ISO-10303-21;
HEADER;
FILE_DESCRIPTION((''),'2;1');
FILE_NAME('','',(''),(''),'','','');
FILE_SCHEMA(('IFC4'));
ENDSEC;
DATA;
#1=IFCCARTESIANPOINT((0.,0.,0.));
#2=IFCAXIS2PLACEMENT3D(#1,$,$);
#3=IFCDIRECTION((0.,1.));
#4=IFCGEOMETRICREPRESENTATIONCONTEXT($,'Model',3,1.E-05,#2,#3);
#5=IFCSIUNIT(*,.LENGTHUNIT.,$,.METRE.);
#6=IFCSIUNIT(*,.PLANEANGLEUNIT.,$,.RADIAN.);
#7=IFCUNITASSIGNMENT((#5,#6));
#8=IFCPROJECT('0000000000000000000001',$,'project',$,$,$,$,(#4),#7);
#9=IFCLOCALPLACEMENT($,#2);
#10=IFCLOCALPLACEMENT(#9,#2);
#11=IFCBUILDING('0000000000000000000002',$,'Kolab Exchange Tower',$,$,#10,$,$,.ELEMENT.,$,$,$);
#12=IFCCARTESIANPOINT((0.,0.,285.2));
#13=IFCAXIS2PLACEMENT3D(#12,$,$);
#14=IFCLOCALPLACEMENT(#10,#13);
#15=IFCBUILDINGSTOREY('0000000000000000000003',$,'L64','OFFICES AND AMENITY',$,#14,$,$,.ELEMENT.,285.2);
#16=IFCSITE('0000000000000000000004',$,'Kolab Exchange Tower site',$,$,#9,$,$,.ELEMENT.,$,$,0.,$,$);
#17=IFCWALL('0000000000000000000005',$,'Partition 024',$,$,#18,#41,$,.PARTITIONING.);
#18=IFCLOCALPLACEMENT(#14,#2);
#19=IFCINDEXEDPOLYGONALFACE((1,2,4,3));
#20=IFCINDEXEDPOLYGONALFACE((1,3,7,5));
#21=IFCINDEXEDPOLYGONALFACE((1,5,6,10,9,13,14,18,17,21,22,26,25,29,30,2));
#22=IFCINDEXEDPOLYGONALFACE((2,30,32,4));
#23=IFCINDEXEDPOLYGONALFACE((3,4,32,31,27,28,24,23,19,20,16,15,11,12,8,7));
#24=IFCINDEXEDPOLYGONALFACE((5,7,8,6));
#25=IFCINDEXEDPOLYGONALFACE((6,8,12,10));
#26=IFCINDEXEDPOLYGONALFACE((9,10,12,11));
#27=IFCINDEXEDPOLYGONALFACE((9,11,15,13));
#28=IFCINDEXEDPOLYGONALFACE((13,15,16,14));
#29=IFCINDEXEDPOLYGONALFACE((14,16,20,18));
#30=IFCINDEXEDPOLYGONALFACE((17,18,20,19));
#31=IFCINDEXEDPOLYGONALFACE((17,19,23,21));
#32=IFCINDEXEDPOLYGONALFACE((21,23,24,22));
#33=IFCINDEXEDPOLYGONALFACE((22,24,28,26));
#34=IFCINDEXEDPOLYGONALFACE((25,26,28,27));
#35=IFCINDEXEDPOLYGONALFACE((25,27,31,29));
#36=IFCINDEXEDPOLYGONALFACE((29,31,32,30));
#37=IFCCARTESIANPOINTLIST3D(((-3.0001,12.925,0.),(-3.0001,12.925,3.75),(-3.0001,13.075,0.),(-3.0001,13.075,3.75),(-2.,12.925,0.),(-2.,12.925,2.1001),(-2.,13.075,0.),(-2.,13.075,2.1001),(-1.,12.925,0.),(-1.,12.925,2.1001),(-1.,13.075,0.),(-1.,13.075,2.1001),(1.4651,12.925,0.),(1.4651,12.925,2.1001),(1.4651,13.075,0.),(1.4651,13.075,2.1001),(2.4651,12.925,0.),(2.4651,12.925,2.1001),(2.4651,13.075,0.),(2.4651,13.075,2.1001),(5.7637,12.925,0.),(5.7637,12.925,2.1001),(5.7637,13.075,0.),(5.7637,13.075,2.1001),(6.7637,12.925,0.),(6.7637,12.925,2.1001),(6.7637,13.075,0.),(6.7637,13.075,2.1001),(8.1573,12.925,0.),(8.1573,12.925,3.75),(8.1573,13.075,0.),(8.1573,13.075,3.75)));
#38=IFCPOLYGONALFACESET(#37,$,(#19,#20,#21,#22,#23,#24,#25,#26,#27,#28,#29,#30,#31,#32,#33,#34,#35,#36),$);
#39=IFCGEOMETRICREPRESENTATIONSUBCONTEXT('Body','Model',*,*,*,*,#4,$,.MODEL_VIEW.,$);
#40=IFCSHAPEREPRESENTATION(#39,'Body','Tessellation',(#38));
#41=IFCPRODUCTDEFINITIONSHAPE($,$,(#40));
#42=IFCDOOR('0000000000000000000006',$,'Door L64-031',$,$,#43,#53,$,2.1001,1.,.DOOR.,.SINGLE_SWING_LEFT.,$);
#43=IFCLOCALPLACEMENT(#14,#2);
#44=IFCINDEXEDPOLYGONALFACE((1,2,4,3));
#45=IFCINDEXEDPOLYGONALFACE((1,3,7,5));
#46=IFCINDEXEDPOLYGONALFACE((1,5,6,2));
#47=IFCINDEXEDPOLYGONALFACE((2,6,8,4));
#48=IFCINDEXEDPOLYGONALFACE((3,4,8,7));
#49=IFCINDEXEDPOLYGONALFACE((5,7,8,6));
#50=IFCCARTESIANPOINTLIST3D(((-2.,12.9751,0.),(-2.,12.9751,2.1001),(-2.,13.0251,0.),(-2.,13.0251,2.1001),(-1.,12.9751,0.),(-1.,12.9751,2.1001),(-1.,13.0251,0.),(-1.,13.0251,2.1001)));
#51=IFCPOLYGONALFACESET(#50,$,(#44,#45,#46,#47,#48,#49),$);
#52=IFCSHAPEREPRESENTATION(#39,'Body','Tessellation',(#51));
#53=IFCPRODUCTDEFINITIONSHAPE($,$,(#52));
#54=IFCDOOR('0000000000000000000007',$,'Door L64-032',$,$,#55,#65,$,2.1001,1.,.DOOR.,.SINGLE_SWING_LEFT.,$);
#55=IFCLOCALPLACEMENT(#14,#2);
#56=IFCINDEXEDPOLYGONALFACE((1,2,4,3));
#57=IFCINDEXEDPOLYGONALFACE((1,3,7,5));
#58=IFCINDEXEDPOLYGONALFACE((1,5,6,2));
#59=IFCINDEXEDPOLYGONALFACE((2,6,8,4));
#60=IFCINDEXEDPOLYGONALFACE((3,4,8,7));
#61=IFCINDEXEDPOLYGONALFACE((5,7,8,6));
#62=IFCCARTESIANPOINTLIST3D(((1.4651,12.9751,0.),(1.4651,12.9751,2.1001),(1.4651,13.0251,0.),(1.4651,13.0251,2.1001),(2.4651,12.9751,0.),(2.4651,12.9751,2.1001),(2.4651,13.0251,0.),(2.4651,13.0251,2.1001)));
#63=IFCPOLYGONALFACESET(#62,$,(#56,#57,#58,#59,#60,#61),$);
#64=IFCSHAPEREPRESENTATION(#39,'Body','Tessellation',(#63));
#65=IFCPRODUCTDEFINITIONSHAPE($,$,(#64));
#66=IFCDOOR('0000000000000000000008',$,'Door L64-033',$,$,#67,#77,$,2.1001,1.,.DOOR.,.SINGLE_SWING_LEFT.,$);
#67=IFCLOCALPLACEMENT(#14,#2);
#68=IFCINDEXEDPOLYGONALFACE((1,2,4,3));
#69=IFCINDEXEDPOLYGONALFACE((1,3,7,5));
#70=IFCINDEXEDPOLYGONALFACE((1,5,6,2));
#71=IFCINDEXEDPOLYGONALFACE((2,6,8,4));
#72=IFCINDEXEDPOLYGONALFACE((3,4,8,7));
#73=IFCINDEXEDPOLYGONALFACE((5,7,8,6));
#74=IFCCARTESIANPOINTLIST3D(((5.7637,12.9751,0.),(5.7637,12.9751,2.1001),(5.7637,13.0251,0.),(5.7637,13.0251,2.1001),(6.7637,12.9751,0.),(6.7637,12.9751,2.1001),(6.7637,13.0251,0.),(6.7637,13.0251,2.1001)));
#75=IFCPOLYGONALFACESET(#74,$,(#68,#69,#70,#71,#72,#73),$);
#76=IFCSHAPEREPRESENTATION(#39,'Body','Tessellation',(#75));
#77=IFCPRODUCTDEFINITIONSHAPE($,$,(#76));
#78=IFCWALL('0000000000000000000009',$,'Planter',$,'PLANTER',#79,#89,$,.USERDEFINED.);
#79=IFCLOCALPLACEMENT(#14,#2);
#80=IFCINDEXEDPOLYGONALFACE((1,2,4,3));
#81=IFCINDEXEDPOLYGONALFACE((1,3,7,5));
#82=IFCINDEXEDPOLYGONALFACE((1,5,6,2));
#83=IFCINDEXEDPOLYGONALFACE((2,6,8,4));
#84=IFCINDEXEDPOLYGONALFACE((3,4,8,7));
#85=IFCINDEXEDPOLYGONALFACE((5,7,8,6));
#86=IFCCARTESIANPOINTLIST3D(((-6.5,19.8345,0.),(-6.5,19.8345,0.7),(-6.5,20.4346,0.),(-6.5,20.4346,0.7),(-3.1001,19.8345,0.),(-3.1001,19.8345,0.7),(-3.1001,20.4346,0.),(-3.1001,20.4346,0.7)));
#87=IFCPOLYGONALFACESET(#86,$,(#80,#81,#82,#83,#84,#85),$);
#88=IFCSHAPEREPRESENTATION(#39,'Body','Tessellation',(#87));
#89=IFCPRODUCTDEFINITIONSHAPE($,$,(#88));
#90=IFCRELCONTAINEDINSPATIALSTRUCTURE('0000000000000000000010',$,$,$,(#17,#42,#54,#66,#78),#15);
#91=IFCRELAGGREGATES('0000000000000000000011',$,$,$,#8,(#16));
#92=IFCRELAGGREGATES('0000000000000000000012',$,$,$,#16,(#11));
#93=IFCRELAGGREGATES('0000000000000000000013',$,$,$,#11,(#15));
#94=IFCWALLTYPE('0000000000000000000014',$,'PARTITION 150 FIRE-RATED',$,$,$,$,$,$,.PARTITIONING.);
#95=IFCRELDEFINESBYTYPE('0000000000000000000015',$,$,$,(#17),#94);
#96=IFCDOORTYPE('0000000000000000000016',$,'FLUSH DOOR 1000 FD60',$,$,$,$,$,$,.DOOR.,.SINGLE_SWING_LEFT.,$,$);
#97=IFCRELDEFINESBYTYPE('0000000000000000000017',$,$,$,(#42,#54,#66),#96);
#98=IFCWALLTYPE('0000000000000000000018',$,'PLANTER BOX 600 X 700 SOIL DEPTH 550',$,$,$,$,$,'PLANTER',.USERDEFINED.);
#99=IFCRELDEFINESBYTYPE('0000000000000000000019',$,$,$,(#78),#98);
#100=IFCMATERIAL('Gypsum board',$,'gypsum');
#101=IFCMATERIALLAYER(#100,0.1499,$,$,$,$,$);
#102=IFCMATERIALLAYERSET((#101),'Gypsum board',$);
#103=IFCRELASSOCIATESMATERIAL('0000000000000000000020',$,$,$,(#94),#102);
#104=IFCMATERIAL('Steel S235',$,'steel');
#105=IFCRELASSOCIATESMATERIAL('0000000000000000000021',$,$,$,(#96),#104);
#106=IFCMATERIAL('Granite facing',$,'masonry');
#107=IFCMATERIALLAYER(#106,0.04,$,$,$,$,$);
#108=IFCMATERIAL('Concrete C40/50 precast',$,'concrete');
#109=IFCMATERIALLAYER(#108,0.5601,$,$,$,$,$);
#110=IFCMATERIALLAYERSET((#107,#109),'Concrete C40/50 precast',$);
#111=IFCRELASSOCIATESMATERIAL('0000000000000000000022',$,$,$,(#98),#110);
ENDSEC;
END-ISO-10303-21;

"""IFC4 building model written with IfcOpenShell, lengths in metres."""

from ifc_helpers import new_model, si_unit, direction, frame, frame_2d, origin, place, context, subcontext, project, spatial, rectangle, extrude, material, layer, layer_set, type_object, element, fill, save


model = new_model("IFC4")

# Units and contexts
model_context = context("Model", 3, precision=1e-05, world=origin(), true_north=direction((0.0, 1.0)))
body_context = subcontext(model_context, "Body", "Model", "MODEL_VIEW")
ifc_project = project(units=[si_unit("LENGTHUNIT", "METRE"), si_unit("PLANEANGLEUNIT", "RADIAN")], contexts=[model_context])

# Site, building, storey
site_placement = place(None, origin())
site = spatial("IfcSite", under=ifc_project, at=site_placement, Name="Kolab Exchange Tower site", CompositionType="ELEMENT", RefElevation=0.0)
building_placement = place(site_placement, origin())
building = spatial("IfcBuilding", under=site, at=building_placement, Name="Kolab Exchange Tower", CompositionType="ELEMENT")
storey_placement = place(building_placement, frame((0.0, 0.0, 285.2)))
storey = spatial("IfcBuildingStorey", under=building, at=storey_placement, Name="L64", Description="OFFICES AND AMENITY", CompositionType="ELEMENT", Elevation=285.2)

# Shared definitions
ifc_material_1 = material(Name="Gypsum board", Category="gypsum")

# Wall, openings, doors
ifc_layer_1 = layer(ifc_material_1, 0.1499)
ifc_layer_set_1 = layer_set([ifc_layer_1], Name="Gypsum board")
wall_type_1 = type_object("IfcWallType", Name="PARTITION 150 FIRE-RATED", PredefinedType="PARTITIONING", material=ifc_layer_set_1)
wall_1_placement = place(storey_placement, frame((-3.0, 13.0, 0.0), z_axis=(0.0, 0.0, 1.0), x_axis=(1.0, 0.0, 0.0)))
wall_1 = element("IfcWall", 1, at=wall_1_placement, inside=storey, type_object=wall_type_1, Name="Partition 024", PredefinedType="PARTITIONING", context=body_context, shape_type="SweptSolid", body=[
    extrude(rectangle(XDim=11.1575, YDim=0.1499, at=frame_2d((5.5786, 0.0))), origin(), (0.0, 0.0, 1.0), 3.75),
])
opening_1_placement = place(wall_1_placement, frame((1.0, 0.0, 0.0)))
opening_1 = element("IfcOpeningElement", 2, at=opening_1_placement, cuts=wall_1, PredefinedType="OPENING", context=body_context, shape_type="SweptSolid", body=[
    extrude(rectangle(XDim=1.0, YDim=2.1001, at=frame_2d((0.5, 1.05))), frame((0.0, 0.085, 0.0), z_axis=(0.0, -1.0, 0.0), x_axis=(1.0, 0.0, 0.0)), (0.0, 0.0, 1.0), 0.1699),
])
opening_2_placement = place(wall_1_placement, frame((4.4651, 0.0, 0.0)))
opening_2 = element("IfcOpeningElement", 3, at=opening_2_placement, cuts=wall_1, PredefinedType="OPENING", context=body_context, shape_type="SweptSolid", body=[
    extrude(rectangle(XDim=1.0, YDim=2.1001, at=frame_2d((0.5, 1.05))), frame((0.0, 0.085, 0.0), z_axis=(0.0, -1.0, 0.0), x_axis=(1.0, 0.0, 0.0)), (0.0, 0.0, 1.0), 0.1699),
])
opening_3_placement = place(wall_1_placement, frame((8.7637, 0.0, 0.0)))
opening_3 = element("IfcOpeningElement", 4, at=opening_3_placement, cuts=wall_1, PredefinedType="OPENING", context=body_context, shape_type="SweptSolid", body=[
    extrude(rectangle(XDim=1.0, YDim=2.1001, at=frame_2d((0.5, 1.05))), frame((0.0, 0.085, 0.0), z_axis=(0.0, -1.0, 0.0), x_axis=(1.0, 0.0, 0.0)), (0.0, 0.0, 1.0), 0.1699),
])
ifc_material_2 = material(Name="Steel S235", Category="steel")
door_type_1 = type_object("IfcDoorType", Name="FLUSH DOOR 1000 FD60", OperationType="SINGLE_SWING_LEFT", PredefinedType="DOOR", material=ifc_material_2)
door_1_placement = place(opening_1_placement, frame((1.0, 0.0, 0.0), z_axis=(0.0, 0.0, 1.0), x_axis=(-1.0, 0.0, 0.0)))
door_1 = element("IfcDoor", 5, at=door_1_placement, inside=storey, type_object=door_type_1, Name="Door L64-031", OperationType="SINGLE_SWING_LEFT", OverallHeight=2.1001, OverallWidth=1.0, PredefinedType="DOOR", context=body_context, shape_type="SweptSolid", body=[
    extrude(rectangle(XDim=1.0, YDim=2.1001, at=frame_2d((0.5, 1.05))), frame((0.0, 0.0249, 0.0), z_axis=(0.0, -1.0, 0.0), x_axis=(1.0, 0.0, 0.0)), (0.0, 0.0, 1.0), 0.05),
])
fill(opening_1, door_1)
door_2_placement = place(opening_2_placement, frame((1.0, 0.0, 0.0), z_axis=(0.0, 0.0, 1.0), x_axis=(-1.0, 0.0, 0.0)))
door_2 = element("IfcDoor", 6, at=door_2_placement, inside=storey, type_object=door_type_1, Name="Door L64-032", OperationType="SINGLE_SWING_LEFT", OverallHeight=2.1001, OverallWidth=1.0, PredefinedType="DOOR", context=body_context, shape_type="SweptSolid", body=[
    extrude(rectangle(XDim=1.0, YDim=2.1001, at=frame_2d((0.5, 1.05))), frame((0.0, 0.0249, 0.0), z_axis=(0.0, -1.0, 0.0), x_axis=(1.0, 0.0, 0.0)), (0.0, 0.0, 1.0), 0.05),
])
fill(opening_2, door_2)
door_3_placement = place(opening_3_placement, frame((1.0, 0.0, 0.0), z_axis=(0.0, 0.0, 1.0), x_axis=(-1.0, 0.0, 0.0)))
door_3 = element("IfcDoor", 7, at=door_3_placement, inside=storey, type_object=door_type_1, Name="Door L64-033", OperationType="SINGLE_SWING_LEFT", OverallHeight=2.1001, OverallWidth=1.0, PredefinedType="DOOR", context=body_context, shape_type="SweptSolid", body=[
    extrude(rectangle(XDim=1.0, YDim=2.1001, at=frame_2d((0.5, 1.05))), frame((0.0, 0.0249, 0.0), z_axis=(0.0, -1.0, 0.0), x_axis=(1.0, 0.0, 0.0)), (0.0, 0.0, 1.0), 0.05),
])
fill(opening_3, door_3)

# Wall
ifc_material_3 = material(Name="Granite facing", Category="masonry")
ifc_layer_2 = layer(ifc_material_3, 0.04)
ifc_material_4 = material(Name="Concrete C40/50 precast", Category="concrete")
ifc_layer_3 = layer(ifc_material_4, 0.5601)
ifc_layer_set_2 = layer_set([ifc_layer_2, ifc_layer_3], Name="Concrete C40/50 precast")
wall_type_2 = type_object("IfcWallType", Name="PLANTER BOX 600 X 700 SOIL DEPTH 550", ElementType="PLANTER", PredefinedType="USERDEFINED", material=ifc_layer_set_2)
wall_2_placement = place(storey_placement, frame((-6.5, 20.1345, 0.0), z_axis=(0.0, 0.0, 1.0), x_axis=(1.0, 0.0, 0.0)))
element("IfcWall", 8, at=wall_2_placement, inside=storey, type_object=wall_type_2, Name="Planter", ObjectType="PLANTER", PredefinedType="USERDEFINED", context=body_context, shape_type="SweptSolid", body=[
    extrude(rectangle(XDim=3.3999, YDim=0.6001, at=frame_2d((1.7, 0.0))), origin(), (0.0, 0.0, 1.0), 0.7),
])

save(model, "model.ifc")
